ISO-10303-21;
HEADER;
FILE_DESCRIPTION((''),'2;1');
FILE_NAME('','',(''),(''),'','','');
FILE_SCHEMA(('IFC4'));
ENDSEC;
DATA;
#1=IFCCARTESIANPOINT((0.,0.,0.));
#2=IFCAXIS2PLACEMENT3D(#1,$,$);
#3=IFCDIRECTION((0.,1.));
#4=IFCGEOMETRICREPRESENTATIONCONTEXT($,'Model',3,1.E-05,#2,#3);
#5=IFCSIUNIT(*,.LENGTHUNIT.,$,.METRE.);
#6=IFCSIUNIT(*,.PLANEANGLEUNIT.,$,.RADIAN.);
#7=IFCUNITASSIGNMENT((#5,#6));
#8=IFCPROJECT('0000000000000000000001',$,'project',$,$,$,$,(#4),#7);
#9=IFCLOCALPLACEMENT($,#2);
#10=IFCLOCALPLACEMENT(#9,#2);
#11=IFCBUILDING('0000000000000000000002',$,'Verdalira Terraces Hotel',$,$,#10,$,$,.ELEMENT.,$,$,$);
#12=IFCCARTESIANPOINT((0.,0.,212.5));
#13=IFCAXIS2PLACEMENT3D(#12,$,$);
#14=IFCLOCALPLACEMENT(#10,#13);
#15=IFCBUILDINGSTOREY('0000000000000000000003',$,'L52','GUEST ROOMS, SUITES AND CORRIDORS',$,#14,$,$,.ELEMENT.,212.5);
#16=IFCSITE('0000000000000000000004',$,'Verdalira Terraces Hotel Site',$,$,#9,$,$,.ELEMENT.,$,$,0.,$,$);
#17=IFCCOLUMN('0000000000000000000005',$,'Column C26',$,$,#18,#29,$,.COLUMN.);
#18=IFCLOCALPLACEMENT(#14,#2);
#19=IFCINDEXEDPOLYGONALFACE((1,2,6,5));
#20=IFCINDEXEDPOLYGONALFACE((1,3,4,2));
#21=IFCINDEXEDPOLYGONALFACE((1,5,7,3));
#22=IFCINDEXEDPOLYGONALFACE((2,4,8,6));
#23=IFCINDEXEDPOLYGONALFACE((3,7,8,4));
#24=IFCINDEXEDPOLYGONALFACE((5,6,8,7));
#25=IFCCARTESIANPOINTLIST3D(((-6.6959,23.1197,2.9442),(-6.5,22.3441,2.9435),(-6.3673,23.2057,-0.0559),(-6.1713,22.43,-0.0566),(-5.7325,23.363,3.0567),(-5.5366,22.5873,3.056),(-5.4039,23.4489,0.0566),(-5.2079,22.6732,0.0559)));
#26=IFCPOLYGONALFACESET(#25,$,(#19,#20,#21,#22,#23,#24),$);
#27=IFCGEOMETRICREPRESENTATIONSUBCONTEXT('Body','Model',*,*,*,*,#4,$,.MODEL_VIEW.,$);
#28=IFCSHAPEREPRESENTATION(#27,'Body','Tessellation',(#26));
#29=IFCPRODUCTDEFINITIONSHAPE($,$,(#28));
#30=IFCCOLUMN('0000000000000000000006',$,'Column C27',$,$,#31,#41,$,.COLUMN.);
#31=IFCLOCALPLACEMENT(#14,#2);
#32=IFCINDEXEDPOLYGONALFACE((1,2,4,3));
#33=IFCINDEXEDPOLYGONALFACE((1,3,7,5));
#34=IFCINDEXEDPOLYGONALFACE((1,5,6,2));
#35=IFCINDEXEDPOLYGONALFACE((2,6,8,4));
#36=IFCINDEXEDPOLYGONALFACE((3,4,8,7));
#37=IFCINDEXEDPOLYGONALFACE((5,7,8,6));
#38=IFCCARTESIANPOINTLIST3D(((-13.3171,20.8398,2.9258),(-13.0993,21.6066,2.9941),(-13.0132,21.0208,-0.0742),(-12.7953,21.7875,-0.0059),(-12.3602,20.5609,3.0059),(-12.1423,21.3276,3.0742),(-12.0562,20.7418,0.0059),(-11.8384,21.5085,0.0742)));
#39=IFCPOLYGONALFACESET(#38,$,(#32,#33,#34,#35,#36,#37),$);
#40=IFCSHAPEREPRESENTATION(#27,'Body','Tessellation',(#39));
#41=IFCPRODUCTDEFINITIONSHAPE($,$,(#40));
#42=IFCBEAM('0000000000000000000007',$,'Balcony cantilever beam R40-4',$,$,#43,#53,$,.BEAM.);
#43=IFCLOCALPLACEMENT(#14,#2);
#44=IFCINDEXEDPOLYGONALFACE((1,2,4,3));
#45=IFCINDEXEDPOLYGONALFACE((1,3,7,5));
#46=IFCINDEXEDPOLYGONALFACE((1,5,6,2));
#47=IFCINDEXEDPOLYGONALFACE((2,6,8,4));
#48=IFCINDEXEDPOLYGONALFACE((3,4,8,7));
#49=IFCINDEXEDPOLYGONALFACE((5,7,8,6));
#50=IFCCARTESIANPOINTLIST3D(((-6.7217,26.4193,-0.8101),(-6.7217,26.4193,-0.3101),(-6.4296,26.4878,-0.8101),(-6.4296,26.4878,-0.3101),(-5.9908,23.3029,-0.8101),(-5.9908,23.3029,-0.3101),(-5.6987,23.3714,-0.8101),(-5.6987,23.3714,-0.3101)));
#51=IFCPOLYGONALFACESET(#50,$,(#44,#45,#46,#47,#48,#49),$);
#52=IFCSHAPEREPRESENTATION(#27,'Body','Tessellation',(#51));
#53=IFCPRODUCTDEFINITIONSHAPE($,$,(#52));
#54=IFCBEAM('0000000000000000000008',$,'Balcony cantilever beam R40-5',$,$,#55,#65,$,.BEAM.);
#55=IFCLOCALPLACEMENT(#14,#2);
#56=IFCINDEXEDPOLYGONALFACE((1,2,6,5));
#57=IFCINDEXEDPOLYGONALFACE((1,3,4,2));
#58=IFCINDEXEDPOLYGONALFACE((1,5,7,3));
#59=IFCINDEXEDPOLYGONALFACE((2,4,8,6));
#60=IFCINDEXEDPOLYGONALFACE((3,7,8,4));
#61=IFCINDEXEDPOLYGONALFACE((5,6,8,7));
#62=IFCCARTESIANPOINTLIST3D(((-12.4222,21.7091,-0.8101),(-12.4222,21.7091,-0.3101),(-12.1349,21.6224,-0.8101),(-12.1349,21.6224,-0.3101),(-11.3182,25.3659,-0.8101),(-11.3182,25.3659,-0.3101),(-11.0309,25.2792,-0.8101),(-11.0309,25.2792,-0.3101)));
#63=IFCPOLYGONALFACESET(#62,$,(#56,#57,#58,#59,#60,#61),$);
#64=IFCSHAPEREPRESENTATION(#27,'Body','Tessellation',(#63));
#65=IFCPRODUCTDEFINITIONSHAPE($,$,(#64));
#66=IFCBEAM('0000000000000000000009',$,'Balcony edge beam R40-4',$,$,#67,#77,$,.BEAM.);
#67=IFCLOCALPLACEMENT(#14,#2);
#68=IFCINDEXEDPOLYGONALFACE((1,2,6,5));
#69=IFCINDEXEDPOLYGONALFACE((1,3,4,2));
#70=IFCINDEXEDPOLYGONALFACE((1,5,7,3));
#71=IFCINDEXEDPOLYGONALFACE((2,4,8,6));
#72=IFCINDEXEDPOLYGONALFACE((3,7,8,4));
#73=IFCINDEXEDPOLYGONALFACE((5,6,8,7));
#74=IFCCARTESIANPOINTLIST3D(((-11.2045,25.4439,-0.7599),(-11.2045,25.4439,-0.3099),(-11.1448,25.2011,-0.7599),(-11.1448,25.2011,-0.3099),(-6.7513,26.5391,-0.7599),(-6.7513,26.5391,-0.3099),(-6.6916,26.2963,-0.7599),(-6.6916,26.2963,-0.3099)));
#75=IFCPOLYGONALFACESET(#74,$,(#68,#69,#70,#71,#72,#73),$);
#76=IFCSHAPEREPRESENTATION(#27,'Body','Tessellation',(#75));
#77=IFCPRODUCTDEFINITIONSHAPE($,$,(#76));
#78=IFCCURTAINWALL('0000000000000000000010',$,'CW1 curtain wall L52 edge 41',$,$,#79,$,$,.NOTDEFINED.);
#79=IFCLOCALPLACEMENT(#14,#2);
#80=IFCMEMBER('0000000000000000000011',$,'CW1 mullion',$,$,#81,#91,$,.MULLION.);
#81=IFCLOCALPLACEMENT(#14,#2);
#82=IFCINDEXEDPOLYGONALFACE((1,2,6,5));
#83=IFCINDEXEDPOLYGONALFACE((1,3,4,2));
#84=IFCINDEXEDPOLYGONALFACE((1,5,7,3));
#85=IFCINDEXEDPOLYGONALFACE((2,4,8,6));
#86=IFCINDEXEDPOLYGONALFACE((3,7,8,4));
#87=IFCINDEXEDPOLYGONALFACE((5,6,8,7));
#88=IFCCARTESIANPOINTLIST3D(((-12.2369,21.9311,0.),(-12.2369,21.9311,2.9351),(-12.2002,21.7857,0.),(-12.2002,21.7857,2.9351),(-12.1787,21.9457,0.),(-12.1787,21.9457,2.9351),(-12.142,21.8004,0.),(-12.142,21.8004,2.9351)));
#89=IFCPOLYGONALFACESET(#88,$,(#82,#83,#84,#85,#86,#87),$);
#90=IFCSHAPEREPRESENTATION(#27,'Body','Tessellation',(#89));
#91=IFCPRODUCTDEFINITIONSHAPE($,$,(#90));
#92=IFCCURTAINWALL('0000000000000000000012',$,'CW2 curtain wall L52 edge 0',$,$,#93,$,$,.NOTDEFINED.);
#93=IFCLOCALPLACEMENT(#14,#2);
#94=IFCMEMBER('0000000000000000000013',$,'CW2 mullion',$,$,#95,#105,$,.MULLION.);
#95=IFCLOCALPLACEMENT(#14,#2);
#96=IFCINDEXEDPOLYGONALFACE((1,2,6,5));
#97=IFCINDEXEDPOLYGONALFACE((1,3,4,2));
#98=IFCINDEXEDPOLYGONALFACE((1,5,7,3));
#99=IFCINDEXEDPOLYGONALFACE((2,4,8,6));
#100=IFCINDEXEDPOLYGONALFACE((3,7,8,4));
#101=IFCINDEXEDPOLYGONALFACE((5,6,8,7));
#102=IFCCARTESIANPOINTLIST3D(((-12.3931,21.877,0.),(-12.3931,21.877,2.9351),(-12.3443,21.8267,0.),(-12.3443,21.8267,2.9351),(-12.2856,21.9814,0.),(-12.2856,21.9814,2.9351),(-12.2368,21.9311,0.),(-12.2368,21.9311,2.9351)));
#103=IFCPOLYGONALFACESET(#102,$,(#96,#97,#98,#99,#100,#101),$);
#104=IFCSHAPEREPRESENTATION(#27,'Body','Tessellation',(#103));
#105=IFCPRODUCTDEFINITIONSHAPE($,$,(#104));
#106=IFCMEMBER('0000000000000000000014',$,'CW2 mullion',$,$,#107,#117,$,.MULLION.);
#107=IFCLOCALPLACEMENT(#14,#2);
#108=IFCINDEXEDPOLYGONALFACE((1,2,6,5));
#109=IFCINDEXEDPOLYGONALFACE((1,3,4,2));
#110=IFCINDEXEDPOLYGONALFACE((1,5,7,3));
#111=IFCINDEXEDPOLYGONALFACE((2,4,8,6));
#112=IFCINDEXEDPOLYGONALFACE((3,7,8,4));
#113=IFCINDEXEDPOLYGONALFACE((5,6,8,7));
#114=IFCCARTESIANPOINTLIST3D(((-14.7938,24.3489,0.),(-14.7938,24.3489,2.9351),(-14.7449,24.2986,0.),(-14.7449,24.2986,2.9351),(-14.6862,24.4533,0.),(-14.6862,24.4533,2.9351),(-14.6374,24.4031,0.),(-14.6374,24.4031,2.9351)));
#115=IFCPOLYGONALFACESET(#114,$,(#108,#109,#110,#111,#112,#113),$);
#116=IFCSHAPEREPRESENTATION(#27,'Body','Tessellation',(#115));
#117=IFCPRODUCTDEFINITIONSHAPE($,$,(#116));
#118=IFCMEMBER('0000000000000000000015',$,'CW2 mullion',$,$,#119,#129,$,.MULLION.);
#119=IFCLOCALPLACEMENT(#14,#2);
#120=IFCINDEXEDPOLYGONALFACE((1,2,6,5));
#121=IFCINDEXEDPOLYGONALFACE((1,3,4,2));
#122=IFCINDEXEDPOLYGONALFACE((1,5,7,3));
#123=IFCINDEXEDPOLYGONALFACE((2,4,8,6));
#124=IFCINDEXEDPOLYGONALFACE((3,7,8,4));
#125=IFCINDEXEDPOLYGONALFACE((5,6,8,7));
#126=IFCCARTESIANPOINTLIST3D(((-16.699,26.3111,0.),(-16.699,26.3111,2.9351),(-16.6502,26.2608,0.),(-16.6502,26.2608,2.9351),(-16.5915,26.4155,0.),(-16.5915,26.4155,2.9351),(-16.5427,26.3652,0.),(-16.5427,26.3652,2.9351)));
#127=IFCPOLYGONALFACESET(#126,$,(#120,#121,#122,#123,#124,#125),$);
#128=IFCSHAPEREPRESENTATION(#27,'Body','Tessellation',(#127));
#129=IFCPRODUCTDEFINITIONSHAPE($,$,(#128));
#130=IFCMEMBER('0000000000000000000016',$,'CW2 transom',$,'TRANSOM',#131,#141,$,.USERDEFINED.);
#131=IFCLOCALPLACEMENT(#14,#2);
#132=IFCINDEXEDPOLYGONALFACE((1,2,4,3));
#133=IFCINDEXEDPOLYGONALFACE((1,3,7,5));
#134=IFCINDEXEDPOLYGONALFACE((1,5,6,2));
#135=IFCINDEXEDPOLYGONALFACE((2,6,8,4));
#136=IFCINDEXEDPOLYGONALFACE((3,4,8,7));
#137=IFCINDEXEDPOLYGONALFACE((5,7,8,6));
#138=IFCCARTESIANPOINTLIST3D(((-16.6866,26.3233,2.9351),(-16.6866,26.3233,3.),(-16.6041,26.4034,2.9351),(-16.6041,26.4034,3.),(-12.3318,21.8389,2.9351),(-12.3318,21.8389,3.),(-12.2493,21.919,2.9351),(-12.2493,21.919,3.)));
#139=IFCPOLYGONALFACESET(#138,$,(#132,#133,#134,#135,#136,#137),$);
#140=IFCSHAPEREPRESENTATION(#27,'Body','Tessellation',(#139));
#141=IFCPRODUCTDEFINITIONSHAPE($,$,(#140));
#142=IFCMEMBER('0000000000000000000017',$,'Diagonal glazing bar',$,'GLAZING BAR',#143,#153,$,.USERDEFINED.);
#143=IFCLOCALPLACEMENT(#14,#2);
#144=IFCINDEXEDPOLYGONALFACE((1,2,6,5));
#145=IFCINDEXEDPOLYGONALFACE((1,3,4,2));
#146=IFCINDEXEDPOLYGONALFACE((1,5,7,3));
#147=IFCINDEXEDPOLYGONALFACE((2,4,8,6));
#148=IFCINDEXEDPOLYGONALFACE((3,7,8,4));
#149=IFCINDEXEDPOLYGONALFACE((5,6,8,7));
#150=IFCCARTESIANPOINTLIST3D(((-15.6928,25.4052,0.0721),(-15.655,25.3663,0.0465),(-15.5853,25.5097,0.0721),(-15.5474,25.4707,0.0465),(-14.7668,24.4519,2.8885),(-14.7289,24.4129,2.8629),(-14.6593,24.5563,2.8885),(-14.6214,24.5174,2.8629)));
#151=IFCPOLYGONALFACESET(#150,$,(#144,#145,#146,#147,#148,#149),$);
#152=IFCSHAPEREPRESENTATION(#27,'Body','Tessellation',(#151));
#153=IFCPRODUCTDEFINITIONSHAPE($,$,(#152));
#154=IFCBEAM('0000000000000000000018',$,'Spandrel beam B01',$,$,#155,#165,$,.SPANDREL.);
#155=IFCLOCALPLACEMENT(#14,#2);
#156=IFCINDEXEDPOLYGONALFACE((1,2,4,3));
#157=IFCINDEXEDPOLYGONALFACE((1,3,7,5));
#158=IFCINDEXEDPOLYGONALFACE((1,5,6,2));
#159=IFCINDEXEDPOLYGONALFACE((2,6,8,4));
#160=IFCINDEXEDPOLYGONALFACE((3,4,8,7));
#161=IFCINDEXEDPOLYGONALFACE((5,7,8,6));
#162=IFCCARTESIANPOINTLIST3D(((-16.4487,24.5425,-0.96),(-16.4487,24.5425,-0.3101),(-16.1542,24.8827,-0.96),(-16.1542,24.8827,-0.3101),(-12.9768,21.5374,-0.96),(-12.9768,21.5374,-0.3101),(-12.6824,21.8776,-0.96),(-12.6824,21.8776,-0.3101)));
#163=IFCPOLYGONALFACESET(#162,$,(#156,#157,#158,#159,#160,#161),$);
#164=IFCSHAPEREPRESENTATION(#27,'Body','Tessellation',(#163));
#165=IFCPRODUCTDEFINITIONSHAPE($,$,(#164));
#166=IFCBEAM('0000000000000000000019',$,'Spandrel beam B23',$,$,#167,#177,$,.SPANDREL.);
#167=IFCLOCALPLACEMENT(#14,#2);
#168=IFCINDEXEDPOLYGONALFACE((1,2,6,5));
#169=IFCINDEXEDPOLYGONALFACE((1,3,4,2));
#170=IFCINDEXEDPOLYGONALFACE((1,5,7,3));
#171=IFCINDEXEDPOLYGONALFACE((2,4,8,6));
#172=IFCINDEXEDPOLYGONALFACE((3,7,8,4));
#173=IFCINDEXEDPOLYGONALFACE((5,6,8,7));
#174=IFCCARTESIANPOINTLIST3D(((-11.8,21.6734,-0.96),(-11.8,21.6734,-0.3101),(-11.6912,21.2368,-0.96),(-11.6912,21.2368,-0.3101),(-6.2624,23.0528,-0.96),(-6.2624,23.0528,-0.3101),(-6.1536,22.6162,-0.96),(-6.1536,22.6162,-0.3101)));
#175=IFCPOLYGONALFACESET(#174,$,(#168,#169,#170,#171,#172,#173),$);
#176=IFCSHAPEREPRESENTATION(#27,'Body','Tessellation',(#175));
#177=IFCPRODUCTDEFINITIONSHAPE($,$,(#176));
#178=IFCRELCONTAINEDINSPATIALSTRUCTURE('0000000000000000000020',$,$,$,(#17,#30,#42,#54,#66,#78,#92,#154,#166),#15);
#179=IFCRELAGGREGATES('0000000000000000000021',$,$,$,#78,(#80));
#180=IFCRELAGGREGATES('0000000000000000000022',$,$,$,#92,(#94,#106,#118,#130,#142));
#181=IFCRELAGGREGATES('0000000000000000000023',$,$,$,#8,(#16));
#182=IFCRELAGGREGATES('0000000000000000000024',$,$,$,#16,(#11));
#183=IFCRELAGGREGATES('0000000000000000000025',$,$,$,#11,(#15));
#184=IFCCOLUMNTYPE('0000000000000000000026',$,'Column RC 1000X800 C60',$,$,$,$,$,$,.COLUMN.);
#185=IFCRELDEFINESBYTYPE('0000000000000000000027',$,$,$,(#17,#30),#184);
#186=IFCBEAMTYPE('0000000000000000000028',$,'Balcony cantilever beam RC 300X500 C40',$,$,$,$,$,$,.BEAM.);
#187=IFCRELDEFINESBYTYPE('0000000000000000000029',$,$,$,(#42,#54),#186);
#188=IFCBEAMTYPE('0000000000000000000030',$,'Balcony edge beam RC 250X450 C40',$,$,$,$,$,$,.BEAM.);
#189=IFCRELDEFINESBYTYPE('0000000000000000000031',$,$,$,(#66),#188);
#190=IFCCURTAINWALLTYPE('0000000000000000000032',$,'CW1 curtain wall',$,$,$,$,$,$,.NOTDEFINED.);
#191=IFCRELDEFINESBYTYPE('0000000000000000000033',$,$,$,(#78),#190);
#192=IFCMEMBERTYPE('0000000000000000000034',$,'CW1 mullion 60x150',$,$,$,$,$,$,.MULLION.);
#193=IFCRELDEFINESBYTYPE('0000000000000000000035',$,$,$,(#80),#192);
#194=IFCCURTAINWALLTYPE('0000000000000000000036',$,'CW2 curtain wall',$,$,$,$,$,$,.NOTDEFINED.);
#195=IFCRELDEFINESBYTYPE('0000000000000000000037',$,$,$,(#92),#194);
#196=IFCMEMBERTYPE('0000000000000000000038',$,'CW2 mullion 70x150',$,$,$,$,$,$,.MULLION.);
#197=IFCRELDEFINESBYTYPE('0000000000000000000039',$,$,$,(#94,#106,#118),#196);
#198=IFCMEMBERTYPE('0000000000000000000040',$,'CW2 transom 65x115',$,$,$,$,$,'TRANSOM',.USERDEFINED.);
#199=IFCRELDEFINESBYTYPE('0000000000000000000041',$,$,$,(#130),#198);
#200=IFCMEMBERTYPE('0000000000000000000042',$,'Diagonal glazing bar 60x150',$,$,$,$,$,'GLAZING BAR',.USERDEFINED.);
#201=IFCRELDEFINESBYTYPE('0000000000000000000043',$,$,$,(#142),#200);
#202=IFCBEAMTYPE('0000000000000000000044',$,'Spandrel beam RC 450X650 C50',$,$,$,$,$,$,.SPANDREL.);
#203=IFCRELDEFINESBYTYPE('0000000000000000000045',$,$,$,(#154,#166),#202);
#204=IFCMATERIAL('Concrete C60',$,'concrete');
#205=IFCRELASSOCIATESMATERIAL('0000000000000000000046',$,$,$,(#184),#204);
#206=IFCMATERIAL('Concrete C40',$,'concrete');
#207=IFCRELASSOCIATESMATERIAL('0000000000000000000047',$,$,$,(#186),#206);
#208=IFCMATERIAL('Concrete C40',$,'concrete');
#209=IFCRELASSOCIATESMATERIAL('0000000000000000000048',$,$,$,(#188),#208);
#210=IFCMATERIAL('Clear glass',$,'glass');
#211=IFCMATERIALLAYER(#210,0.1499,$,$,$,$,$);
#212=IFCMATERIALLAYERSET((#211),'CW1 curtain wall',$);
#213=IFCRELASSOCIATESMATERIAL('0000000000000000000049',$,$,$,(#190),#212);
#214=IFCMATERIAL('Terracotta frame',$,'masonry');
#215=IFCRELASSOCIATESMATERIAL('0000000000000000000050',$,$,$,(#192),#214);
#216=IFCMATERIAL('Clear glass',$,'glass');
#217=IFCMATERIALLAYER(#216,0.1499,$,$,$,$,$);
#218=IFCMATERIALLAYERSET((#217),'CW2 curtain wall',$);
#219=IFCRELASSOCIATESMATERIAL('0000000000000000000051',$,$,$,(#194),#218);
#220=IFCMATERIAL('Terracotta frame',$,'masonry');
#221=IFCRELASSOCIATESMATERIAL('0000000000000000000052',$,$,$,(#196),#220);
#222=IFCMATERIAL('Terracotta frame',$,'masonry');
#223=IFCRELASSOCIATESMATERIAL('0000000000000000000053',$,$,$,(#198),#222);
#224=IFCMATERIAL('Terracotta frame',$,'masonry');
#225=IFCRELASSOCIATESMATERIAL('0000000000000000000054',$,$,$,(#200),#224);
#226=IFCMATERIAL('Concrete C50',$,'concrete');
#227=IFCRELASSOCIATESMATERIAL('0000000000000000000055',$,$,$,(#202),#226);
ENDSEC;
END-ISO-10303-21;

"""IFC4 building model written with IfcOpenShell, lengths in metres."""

from ifc_helpers import new_model, si_unit, direction, frame, origin, origin_2d, place, context, subcontext, project, spatial, rectangle, extrude, material, layer, layer_set, material_profile, profile_set, type_object, element, aggregate, save


model = new_model("IFC4")

# Units and contexts
model_context = context("Model", 3, precision=1e-05, world=origin(), true_north=direction((0.0, 1.0)))
body_context = subcontext(model_context, "Body", "Model", "MODEL_VIEW")
ifc_project = project(units=[si_unit("LENGTHUNIT", "METRE"), si_unit("PLANEANGLEUNIT", "RADIAN")], contexts=[model_context])

# Site, building, storey
site_placement = place(None, origin())
site = spatial("IfcSite", under=ifc_project, at=site_placement, Name="Verdalira Terraces Hotel Site", CompositionType="ELEMENT", RefElevation=0.0)
building_placement = place(site_placement, origin())
building = spatial("IfcBuilding", under=site, at=building_placement, Name="Verdalira Terraces Hotel", CompositionType="ELEMENT")
storey_placement = place(building_placement, frame((0.0, 0.0, 212.5)))
storey = spatial("IfcBuildingStorey", under=building, at=storey_placement, Name="L52", Description="GUEST ROOMS, SUITES AND CORRIDORS", CompositionType="ELEMENT", Elevation=212.5)

# Columns
ifc_material_1 = material(Name="Concrete C60", Category="concrete")
ifc_material_profile_1 = material_profile(ifc_material_1, rectangle(XDim=1.0, YDim=0.8, at=origin_2d()), Name="RC 1000X800")
ifc_profile_set_1 = profile_set([ifc_material_profile_1], Name="Concrete C60")
column_type = type_object("IfcColumnType", Name="Column RC 1000X800 C60", PredefinedType="COLUMN", material=ifc_profile_set_1)
column_1_placement = place(storey_placement, frame((-5.7876, 22.9395, 0.0), z_axis=(-0.108842, -0.028464, 0.993651), x_axis=(-0.963421, -0.243235, -0.112499)))
element("IfcColumn", 1, at=column_1_placement, inside=storey, type_object=column_type, Name="Column C26", PredefinedType="COLUMN", context=body_context, shape_type="SweptSolid", body=[
    extrude(rectangle(XDim=1.0, YDim=0.8, at=origin_2d()), origin(), (0.0, 0.0, 1.0), 3.0193),
])
column_2_placement = place(storey_placement, frame((-12.4258, 21.2646, 0.0), z_axis=(-0.100621, -0.059888, 0.993121), x_axis=(0.956943, -0.278998, 0.080132)))
element("IfcColumn", 2, at=column_2_placement, inside=storey, type_object=column_type, Name="Column C27", PredefinedType="COLUMN", context=body_context, shape_type="SweptSolid", body=[
    extrude(rectangle(XDim=1.0, YDim=0.8, at=origin_2d()), origin(), (0.0, 0.0, 1.0), 3.0208),
])

# Beams
ifc_material_2 = material(Name="Concrete C40", Category="concrete")
ifc_material_profile_2 = material_profile(ifc_material_2, rectangle(XDim=0.3, YDim=0.5, at=origin_2d()), Name="RC 300X500")
ifc_profile_set_2 = profile_set([ifc_material_profile_2], Name="Concrete C40")
beam_type_1 = type_object("IfcBeamType", Name="Balcony cantilever beam RC 300X500 C40", PredefinedType="BEAM", material=ifc_profile_set_2)
beam_1_placement = place(storey_placement, frame((-5.8447, 23.3372, -0.5601), z_axis=(-0.228351, 0.973579, 0.0), x_axis=(-0.973579, -0.228351, 0.0)))
element("IfcBeam", 3, at=beam_1_placement, inside=storey, type_object=beam_type_1, Name="Balcony cantilever beam R40-4", PredefinedType="BEAM", context=body_context, shape_type="SweptSolid", body=[
    extrude(rectangle(XDim=0.3, YDim=0.5, at=origin_2d()), origin(), (0.0, 0.0, 1.0), 3.2009),
])
beam_2_placement = place(storey_placement, frame((-12.2786, 21.6658, -0.5601), z_axis=(0.289024, 0.957322, 0.0), x_axis=(-0.957322, 0.289024, 0.0)))
element("IfcBeam", 4, at=beam_2_placement, inside=storey, type_object=beam_type_1, Name="Balcony cantilever beam R40-5", PredefinedType="BEAM", context=body_context, shape_type="SweptSolid", body=[
    extrude(rectangle(XDim=0.3, YDim=0.5, at=origin_2d()), origin(), (0.0, 0.0, 1.0), 3.8198),
])
ifc_material_3 = material(Name="Concrete C40", Category="concrete")
ifc_material_profile_3 = material_profile(ifc_material_3, rectangle(XDim=0.25, YDim=0.45, at=origin_2d()), Name="RC 250X450")
ifc_profile_set_3 = profile_set([ifc_material_profile_3], Name="Concrete C40")
beam_type_2 = type_object("IfcBeamType", Name="Balcony edge beam RC 250X450 C40", PredefinedType="BEAM", material=ifc_profile_set_3)
beam_3_placement = place(storey_placement, frame((-6.7214, 26.4177, -0.5349), z_axis=(-0.971062, -0.238826, 0.0), x_axis=(0.238826, -0.971062, 0.0)))
element("IfcBeam", 5, at=beam_3_placement, inside=storey, type_object=beam_type_2, Name="Balcony edge beam R40-4", PredefinedType="BEAM", context=body_context, shape_type="SweptSolid", body=[
    extrude(rectangle(XDim=0.25, YDim=0.45, at=origin_2d()), origin(), (0.0, 0.0, 1.0), 4.5859),
])

# Curtain wall, member
ifc_material_4 = material(Name="Clear glass", Category="glass")
ifc_layer_1 = layer(ifc_material_4, 0.1499)
ifc_layer_set_1 = layer_set([ifc_layer_1], Name="CW1 curtain wall")
curtain_wall_type_1 = type_object("IfcCurtainWallType", Name="CW1 curtain wall", PredefinedType="NOTDEFINED", material=ifc_layer_set_1)
curtain_wall_1_placement = place(storey_placement, origin())
curtain_wall_1 = element("IfcCurtainWall", 6, at=curtain_wall_1_placement, inside=storey, type_object=curtain_wall_type_1, Name="CW1 curtain wall L52 edge 41", PredefinedType="NOTDEFINED")
ifc_material_5 = material(Name="Terracotta frame", Category="masonry")
ifc_material_profile_4 = material_profile(ifc_material_5, rectangle(XDim=0.0601, YDim=0.1499, at=origin_2d()), Name="MU 60x150")
ifc_profile_set_4 = profile_set([ifc_material_profile_4], Name="Terracotta frame")
member_type_1 = type_object("IfcMemberType", Name="CW1 mullion 60x150", PredefinedType="MULLION", material=ifc_profile_set_4)
member_1_placement = place(storey_placement, frame((-12.1895, 21.8657, 0.0), z_axis=(0.0, 0.0, 1.0), x_axis=(-0.969616, -0.244631, 0.0)))
member_1 = element("IfcMember", 7, at=member_1_placement, type_object=member_type_1, Name="CW1 mullion", PredefinedType="MULLION", context=body_context, shape_type="SweptSolid", body=[
    extrude(rectangle(XDim=0.0601, YDim=0.1499, at=origin_2d()), origin(), (0.0, 0.0, 1.0), 2.9351),
])

# Curtain wall, members
ifc_material_6 = material(Name="Clear glass", Category="glass")
ifc_layer_2 = layer(ifc_material_6, 0.1499)
ifc_layer_set_2 = layer_set([ifc_layer_2], Name="CW2 curtain wall")
curtain_wall_type_2 = type_object("IfcCurtainWallType", Name="CW2 curtain wall", PredefinedType="NOTDEFINED", material=ifc_layer_set_2)
curtain_wall_2_placement = place(storey_placement, origin())
curtain_wall_2 = element("IfcCurtainWall", 8, at=curtain_wall_2_placement, inside=storey, type_object=curtain_wall_type_2, Name="CW2 curtain wall L52 edge 0", PredefinedType="NOTDEFINED")
ifc_material_7 = material(Name="Terracotta frame", Category="masonry")
ifc_material_profile_5 = material_profile(ifc_material_7, rectangle(XDim=0.0701, YDim=0.1499, at=origin_2d()), Name="MU 70x150")
ifc_profile_set_5 = profile_set([ifc_material_profile_5], Name="Terracotta frame")
member_type_2 = type_object("IfcMemberType", Name="CW2 mullion 70x150", PredefinedType="MULLION", material=ifc_profile_set_5)
member_2_placement = place(storey_placement, frame((-12.3149, 21.9041, 0.0), z_axis=(0.0, 0.0, 1.0), x_axis=(-0.696664, 0.717397, 0.0)))
member_2 = element("IfcMember", 9, at=member_2_placement, type_object=member_type_2, Name="CW2 mullion", PredefinedType="MULLION", context=body_context, shape_type="SweptSolid", body=[
    extrude(rectangle(XDim=0.0701, YDim=0.1499, at=origin_2d()), origin(), (0.0, 0.0, 1.0), 2.9351),
])
member_3_placement = place(storey_placement, frame((-14.7156, 24.376, 0.0), z_axis=(0.0, 0.0, 1.0), x_axis=(-0.696664, 0.717397, 0.0)))
member_3 = element("IfcMember", 10, at=member_3_placement, type_object=member_type_2, Name="CW2 mullion", PredefinedType="MULLION", context=body_context, shape_type="SweptSolid", body=[
    extrude(rectangle(XDim=0.0701, YDim=0.1499, at=origin_2d()), origin(), (0.0, 0.0, 1.0), 2.9351),
])
member_4_placement = place(storey_placement, frame((-16.6209, 26.3381, 0.0), z_axis=(0.0, 0.0, 1.0), x_axis=(-0.696664, 0.717397, 0.0)))
member_4 = element("IfcMember", 11, at=member_4_placement, type_object=member_type_2, Name="CW2 mullion", PredefinedType="MULLION", context=body_context, shape_type="SweptSolid", body=[
    extrude(rectangle(XDim=0.0701, YDim=0.1499, at=origin_2d()), origin(), (0.0, 0.0, 1.0), 2.9351),
])
ifc_material_8 = material(Name="Terracotta frame", Category="masonry")
ifc_material_profile_6 = material_profile(ifc_material_8, rectangle(XDim=0.115, YDim=0.0649, at=origin_2d()), Name="TR 65x115")
ifc_profile_set_6 = profile_set([ifc_material_profile_6], Name="Terracotta frame")
member_type_3 = type_object("IfcMemberType", Name="CW2 transom 65x115", ElementType="TRANSOM", PredefinedType="USERDEFINED", material=ifc_profile_set_6)
member_5_placement = place(storey_placement, frame((-12.2905, 21.8789, 2.9675), z_axis=(-0.696661, 0.7174, 0.0), x_axis=(-0.7174, -0.696661, 0.0)))
member_5 = element("IfcMember", 12, at=member_5_placement, type_object=member_type_3, Name="CW2 transom", ObjectType="TRANSOM", PredefinedType="USERDEFINED", context=body_context, shape_type="SweptSolid", body=[
    extrude(rectangle(XDim=0.115, YDim=0.0649, at=origin_2d()), origin(), (0.0, 0.0, 1.0), 6.251),
])
ifc_material_9 = material(Name="Terracotta frame", Category="masonry")
ifc_material_profile_7 = material_profile(ifc_material_9, rectangle(XDim=0.1499, YDim=0.0601, at=origin_2d()), Name="GB 60x150")
ifc_profile_set_7 = profile_set([ifc_material_profile_7], Name="Terracotta frame")
member_type_4 = type_object("IfcMemberType", Name="Diagonal glazing bar 60x150", ElementType="GLAZING BAR", PredefinedType="USERDEFINED", material=ifc_profile_set_7)
member_6_placement = place(storey_placement, frame((-14.6941, 24.4846, 2.8757), z_axis=(-0.297351, 0.306131, -0.90436), x_axis=(-0.717319, -0.696745, 0.0)))
member_6 = element("IfcMember", 13, at=member_6_placement, type_object=member_type_4, Name="Diagonal glazing bar", ObjectType="GLAZING BAR", PredefinedType="USERDEFINED", context=body_context, shape_type="SweptSolid", body=[
    extrude(rectangle(XDim=0.1499, YDim=0.0601, at=origin_2d()), origin(), (0.0, 0.0, 1.0), 3.1143),
])

# Beams
ifc_material_10 = material(Name="Concrete C50", Category="concrete")
ifc_material_profile_8 = material_profile(ifc_material_10, rectangle(XDim=0.45, YDim=0.6499, at=origin_2d()), Name="RC 450X650")
ifc_profile_set_8 = profile_set([ifc_material_profile_8], Name="Concrete C50")
beam_type_3 = type_object("IfcBeamType", Name="Spandrel beam RC 450X650 C50", PredefinedType="SPANDREL", material=ifc_profile_set_8)
beam_4_placement = place(storey_placement, frame((-12.8296, 21.7075, -0.635), z_axis=(-0.756106, 0.654449, 0.0), x_axis=(-0.654449, -0.756106, 0.0)))
element("IfcBeam", 14, at=beam_4_placement, inside=storey, type_object=beam_type_3, Name="Spandrel beam B01", PredefinedType="SPANDREL", context=body_context, shape_type="SweptSolid", body=[
    extrude(rectangle(XDim=0.45, YDim=0.6499, at=origin_2d()), origin(), (0.0, 0.0, 1.0), 4.5918),
])
beam_5_placement = place(storey_placement, frame((-6.208, 22.8345, -0.635), z_axis=(-0.970349, -0.24171, 0.0), x_axis=(0.24171, -0.970349, 0.0)))
element("IfcBeam", 15, at=beam_5_placement, inside=storey, type_object=beam_type_3, Name="Spandrel beam B23", PredefinedType="SPANDREL", context=body_context, shape_type="SweptSolid", body=[
    extrude(rectangle(XDim=0.45, YDim=0.6499, at=origin_2d()), origin(), (0.0, 0.0, 1.0), 5.7068),
])

aggregate(curtain_wall_1, [member_1])
aggregate(curtain_wall_2, [member_2, member_3, member_4, member_5, member_6])

save(model, "model.ifc")
